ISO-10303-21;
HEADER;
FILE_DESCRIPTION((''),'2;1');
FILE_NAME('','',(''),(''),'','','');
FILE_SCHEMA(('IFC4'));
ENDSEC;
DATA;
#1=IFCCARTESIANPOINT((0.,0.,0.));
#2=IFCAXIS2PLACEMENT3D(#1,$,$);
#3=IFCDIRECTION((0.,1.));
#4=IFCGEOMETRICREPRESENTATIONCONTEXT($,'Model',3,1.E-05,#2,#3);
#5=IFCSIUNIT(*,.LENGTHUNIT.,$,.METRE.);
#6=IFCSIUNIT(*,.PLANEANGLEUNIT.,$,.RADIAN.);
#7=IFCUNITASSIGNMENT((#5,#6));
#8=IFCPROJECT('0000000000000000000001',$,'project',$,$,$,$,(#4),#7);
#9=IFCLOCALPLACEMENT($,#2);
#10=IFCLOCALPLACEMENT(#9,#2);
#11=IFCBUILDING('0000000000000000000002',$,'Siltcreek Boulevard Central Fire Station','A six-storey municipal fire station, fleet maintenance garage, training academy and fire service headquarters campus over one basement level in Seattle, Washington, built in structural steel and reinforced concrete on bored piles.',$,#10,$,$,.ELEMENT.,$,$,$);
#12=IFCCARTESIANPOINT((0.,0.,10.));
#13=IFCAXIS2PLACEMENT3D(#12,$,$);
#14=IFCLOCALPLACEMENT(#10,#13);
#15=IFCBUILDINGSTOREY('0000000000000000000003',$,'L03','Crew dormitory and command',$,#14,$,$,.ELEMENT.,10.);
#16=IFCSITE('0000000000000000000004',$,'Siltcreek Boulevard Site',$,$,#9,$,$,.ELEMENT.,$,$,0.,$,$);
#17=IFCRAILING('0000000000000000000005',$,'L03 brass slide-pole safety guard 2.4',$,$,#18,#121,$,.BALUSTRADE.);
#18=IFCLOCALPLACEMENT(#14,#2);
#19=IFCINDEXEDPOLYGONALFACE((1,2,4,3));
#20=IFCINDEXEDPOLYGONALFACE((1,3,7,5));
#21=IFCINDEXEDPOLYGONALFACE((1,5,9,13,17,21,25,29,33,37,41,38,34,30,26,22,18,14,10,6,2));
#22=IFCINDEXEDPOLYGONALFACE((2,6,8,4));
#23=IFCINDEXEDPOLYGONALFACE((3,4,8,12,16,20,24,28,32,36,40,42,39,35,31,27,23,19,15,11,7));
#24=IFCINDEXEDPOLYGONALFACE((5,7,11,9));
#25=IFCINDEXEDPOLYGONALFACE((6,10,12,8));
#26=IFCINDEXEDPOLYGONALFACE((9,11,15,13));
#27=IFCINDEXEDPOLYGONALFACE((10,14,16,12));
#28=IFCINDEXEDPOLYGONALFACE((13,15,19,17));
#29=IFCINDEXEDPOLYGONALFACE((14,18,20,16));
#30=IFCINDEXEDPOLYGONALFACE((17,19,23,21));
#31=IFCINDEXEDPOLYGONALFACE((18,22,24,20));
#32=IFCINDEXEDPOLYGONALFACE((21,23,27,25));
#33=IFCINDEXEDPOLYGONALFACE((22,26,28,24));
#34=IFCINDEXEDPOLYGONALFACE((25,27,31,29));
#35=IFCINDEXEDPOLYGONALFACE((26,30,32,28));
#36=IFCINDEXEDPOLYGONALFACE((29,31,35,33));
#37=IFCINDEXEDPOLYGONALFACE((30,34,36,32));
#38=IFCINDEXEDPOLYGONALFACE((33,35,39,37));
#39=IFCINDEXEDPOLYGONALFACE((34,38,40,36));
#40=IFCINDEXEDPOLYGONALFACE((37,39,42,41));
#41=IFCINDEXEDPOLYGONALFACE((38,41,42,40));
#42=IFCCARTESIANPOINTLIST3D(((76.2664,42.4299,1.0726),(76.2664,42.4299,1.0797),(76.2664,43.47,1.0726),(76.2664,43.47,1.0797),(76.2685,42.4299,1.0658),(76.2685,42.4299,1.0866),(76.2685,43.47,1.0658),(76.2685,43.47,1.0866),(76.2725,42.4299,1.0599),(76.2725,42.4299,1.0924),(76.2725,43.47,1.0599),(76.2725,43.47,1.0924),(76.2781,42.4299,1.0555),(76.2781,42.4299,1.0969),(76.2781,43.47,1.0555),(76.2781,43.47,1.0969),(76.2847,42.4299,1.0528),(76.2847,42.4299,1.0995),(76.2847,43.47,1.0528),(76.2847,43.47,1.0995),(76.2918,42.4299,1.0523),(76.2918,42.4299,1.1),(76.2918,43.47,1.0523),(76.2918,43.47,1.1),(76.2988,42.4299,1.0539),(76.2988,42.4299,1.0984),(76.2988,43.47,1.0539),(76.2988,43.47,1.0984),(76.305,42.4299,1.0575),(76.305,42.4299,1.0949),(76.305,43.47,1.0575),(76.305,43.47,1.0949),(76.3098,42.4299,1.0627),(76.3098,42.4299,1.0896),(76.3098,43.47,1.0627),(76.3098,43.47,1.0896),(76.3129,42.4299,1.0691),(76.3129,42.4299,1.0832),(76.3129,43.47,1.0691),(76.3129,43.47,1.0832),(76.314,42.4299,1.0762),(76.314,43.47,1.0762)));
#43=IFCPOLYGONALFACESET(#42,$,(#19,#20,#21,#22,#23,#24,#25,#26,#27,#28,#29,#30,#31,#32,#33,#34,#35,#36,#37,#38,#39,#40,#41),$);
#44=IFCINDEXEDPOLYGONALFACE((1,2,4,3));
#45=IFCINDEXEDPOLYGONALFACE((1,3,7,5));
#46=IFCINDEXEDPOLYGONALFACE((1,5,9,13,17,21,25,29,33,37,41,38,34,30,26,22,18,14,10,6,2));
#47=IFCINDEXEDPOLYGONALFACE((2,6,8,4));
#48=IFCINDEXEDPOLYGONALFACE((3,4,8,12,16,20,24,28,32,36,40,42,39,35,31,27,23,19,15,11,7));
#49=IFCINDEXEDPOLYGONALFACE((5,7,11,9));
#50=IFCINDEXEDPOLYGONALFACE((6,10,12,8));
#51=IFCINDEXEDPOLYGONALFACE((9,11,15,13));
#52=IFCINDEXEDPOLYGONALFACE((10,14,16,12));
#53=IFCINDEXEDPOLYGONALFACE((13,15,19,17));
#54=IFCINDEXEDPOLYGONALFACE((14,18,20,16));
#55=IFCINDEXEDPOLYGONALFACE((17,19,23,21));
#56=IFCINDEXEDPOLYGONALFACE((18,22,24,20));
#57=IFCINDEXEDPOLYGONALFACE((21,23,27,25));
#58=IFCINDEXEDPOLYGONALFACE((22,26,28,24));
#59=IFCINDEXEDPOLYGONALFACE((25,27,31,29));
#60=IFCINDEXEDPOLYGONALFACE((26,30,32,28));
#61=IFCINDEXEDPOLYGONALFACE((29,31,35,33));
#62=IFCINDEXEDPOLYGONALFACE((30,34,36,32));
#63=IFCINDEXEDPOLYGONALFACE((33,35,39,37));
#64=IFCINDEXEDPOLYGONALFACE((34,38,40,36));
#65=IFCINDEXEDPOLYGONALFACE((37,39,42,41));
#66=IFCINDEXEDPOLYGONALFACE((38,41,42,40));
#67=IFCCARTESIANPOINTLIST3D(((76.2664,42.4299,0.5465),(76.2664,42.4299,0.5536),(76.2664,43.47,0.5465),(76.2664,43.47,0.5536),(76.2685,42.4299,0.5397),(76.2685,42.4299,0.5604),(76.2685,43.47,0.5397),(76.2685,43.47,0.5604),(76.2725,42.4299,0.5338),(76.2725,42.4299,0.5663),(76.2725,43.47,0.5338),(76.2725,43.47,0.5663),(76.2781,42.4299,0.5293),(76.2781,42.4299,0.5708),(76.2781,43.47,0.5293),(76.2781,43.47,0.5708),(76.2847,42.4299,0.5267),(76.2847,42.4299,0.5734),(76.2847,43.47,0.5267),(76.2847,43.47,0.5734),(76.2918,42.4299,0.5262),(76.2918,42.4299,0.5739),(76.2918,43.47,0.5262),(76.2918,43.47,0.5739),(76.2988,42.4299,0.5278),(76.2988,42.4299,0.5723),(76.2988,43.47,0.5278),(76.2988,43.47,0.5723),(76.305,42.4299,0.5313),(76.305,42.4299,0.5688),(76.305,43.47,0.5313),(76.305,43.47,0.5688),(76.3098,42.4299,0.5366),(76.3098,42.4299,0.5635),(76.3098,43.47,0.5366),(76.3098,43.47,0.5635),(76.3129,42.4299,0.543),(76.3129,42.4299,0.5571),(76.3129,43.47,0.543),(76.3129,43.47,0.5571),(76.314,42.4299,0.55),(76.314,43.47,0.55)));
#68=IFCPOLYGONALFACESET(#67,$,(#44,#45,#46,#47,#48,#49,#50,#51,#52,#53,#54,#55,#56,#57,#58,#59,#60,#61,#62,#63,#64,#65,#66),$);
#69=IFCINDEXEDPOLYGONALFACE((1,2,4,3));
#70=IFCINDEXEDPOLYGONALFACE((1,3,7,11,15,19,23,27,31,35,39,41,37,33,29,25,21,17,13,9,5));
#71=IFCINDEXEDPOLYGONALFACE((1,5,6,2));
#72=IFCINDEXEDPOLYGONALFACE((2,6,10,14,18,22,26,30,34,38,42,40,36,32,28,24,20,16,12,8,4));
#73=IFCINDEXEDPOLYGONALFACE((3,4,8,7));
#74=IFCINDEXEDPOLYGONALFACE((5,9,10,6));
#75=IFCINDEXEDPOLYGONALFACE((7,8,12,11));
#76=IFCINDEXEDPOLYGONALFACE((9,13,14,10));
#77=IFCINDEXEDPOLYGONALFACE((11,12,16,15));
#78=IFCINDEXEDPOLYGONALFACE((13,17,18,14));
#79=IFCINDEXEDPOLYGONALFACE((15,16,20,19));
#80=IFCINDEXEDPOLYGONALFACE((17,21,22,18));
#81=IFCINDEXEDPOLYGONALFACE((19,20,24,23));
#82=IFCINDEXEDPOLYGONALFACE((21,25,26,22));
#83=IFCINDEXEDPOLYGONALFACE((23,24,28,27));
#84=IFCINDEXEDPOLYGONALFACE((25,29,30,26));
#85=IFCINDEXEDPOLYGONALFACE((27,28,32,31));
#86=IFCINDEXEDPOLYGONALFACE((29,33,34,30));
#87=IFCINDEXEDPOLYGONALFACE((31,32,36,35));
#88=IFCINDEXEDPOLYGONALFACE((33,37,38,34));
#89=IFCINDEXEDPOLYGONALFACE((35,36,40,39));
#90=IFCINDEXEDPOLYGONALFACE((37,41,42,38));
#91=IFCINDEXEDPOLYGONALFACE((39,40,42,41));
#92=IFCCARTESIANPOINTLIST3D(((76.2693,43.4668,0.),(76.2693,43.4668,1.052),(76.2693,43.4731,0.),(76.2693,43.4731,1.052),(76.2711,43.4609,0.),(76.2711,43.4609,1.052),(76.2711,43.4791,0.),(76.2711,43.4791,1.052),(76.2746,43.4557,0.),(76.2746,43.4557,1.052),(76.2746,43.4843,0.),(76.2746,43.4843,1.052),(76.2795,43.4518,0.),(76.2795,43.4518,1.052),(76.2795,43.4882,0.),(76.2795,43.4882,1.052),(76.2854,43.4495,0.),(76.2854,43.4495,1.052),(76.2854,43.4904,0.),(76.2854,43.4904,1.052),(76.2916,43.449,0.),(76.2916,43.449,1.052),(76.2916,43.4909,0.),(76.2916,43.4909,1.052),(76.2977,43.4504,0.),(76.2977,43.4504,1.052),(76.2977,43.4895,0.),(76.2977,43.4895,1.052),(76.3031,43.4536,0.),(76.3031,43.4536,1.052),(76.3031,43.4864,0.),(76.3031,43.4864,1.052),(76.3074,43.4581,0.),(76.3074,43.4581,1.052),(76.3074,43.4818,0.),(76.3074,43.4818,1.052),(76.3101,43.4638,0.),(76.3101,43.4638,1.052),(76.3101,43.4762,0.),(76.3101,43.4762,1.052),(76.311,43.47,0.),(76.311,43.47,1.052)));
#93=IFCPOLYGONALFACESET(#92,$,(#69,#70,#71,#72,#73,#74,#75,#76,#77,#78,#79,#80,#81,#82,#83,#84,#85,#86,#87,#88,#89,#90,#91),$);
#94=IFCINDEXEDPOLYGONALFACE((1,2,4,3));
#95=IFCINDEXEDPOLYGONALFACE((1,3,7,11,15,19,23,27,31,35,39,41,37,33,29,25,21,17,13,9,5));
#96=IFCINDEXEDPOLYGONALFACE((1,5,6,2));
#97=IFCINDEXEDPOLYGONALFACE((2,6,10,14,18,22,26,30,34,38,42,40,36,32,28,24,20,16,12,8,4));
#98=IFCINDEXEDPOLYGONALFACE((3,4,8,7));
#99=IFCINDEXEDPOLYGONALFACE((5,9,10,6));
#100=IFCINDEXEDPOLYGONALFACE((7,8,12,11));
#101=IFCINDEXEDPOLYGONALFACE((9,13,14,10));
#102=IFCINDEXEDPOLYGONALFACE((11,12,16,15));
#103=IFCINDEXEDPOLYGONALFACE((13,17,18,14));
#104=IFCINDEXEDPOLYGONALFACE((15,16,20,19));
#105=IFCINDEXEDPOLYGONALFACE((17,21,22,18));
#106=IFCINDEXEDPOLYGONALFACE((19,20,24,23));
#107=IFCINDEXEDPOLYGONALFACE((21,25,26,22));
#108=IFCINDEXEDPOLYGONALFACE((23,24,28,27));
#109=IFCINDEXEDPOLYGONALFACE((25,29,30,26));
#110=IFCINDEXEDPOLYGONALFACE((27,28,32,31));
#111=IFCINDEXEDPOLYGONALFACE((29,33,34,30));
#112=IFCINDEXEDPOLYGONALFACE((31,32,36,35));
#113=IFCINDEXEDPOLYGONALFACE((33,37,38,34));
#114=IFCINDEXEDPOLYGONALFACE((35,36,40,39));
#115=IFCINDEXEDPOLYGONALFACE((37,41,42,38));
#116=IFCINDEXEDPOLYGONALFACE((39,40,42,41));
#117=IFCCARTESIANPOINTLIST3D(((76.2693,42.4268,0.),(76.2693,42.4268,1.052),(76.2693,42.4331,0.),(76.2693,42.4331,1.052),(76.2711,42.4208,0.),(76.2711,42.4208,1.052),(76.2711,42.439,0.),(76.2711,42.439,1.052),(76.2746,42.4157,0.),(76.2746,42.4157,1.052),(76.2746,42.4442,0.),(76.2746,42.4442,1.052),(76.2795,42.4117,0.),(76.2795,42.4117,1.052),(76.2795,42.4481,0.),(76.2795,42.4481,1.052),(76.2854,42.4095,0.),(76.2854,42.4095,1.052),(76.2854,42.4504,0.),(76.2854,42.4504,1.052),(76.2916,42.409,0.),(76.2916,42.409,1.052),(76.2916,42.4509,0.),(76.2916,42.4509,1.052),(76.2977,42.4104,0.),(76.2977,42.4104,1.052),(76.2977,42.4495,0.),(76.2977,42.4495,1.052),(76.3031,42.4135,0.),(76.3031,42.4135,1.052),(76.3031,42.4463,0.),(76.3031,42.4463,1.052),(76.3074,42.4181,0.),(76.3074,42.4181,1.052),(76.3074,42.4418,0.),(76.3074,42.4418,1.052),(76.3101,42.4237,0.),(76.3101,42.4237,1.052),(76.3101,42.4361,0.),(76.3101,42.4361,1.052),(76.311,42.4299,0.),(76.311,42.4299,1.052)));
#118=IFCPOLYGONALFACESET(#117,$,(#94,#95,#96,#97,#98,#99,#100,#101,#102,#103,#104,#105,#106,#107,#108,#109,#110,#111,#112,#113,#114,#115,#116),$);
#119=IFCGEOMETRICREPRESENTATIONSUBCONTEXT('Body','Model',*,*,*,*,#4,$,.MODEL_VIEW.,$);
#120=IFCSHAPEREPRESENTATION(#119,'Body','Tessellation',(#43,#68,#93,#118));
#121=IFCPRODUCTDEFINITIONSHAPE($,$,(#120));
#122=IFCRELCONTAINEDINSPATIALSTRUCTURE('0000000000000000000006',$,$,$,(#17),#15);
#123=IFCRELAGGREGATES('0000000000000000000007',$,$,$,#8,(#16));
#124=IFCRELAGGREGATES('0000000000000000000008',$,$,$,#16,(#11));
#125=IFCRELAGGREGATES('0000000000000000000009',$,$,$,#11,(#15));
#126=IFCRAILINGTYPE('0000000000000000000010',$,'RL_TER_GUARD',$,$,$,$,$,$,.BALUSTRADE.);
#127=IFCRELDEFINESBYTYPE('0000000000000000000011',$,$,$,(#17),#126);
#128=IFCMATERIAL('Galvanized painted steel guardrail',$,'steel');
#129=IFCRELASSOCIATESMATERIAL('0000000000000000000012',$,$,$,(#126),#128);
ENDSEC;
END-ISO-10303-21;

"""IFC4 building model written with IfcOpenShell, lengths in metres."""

from ifc_helpers import new_model, si_unit, direction, frame, origin, origin_2d, place, context, subcontext, project, spatial, circle, extrude, material, type_object, element, save


model = new_model("IFC4")

# Units and contexts
model_context = context("Model", 3, precision=1e-05, world=origin(), true_north=direction((0.0, 1.0)))
body_context = subcontext(model_context, "Body", "Model", "MODEL_VIEW")
ifc_project = project(units=[si_unit("LENGTHUNIT", "METRE"), si_unit("PLANEANGLEUNIT", "RADIAN")], contexts=[model_context])

# Site, building, storey
site_placement = place(None, origin())
site = spatial("IfcSite", under=ifc_project, at=site_placement, Name="Siltcreek Boulevard Site", CompositionType="ELEMENT", RefElevation=0.0)
building_placement = place(site_placement, origin())
building = spatial("IfcBuilding", under=site, at=building_placement, Name="Siltcreek Boulevard Central Fire Station", Description="A six-storey municipal fire station, fleet maintenance garage, training academy and fire service headquarters campus over one basement level in Seattle, Washington, built in structural steel and reinforced concrete on bored piles.", CompositionType="ELEMENT")
storey_placement = place(building_placement, frame((0.0, 0.0, 10.0)))
storey = spatial("IfcBuildingStorey", under=building, at=storey_placement, Name="L03", Description="Crew dormitory and command", CompositionType="ELEMENT", Elevation=10.0)

# Railing
ifc_material_1 = material(Name="Galvanized painted steel guardrail", Category="steel")
railing_type = type_object("IfcRailingType", Name="RL_TER_GUARD", PredefinedType="BALUSTRADE", material=ifc_material_1)
railing_1_placement = place(storey_placement, frame((76.29, 43.47, 0.0)))
element("IfcRailing", 1, at=railing_1_placement, inside=storey, type_object=railing_type, Name="L03 brass slide-pole safety guard 2.4", PredefinedType="BALUSTRADE", context=body_context, shape_type="SweptSolid", body=[
    extrude(circle(Radius=0.0239, at=origin_2d()), frame((0.0, 0.0, 1.0762), z_axis=(0.0, -1.0, 0.0), x_axis=(1.0, 0.0, 0.0)), (0.0, 0.0, 1.0), 1.04),
    extrude(circle(Radius=0.0239, at=origin_2d()), frame((0.0, 0.0, 0.55), z_axis=(0.0, -1.0, 0.0), x_axis=(1.0, 0.0, 0.0)), (0.0, 0.0, 1.0), 1.04),
    extrude(circle(Radius=0.021, at=origin_2d()), origin(), (0.0, 0.0, 1.0), 1.052),
    extrude(circle(Radius=0.021, at=origin_2d()), frame((0.0, -1.04, 0.0)), (0.0, 0.0, 1.0), 1.052),
])

save(model, "model.ifc")
